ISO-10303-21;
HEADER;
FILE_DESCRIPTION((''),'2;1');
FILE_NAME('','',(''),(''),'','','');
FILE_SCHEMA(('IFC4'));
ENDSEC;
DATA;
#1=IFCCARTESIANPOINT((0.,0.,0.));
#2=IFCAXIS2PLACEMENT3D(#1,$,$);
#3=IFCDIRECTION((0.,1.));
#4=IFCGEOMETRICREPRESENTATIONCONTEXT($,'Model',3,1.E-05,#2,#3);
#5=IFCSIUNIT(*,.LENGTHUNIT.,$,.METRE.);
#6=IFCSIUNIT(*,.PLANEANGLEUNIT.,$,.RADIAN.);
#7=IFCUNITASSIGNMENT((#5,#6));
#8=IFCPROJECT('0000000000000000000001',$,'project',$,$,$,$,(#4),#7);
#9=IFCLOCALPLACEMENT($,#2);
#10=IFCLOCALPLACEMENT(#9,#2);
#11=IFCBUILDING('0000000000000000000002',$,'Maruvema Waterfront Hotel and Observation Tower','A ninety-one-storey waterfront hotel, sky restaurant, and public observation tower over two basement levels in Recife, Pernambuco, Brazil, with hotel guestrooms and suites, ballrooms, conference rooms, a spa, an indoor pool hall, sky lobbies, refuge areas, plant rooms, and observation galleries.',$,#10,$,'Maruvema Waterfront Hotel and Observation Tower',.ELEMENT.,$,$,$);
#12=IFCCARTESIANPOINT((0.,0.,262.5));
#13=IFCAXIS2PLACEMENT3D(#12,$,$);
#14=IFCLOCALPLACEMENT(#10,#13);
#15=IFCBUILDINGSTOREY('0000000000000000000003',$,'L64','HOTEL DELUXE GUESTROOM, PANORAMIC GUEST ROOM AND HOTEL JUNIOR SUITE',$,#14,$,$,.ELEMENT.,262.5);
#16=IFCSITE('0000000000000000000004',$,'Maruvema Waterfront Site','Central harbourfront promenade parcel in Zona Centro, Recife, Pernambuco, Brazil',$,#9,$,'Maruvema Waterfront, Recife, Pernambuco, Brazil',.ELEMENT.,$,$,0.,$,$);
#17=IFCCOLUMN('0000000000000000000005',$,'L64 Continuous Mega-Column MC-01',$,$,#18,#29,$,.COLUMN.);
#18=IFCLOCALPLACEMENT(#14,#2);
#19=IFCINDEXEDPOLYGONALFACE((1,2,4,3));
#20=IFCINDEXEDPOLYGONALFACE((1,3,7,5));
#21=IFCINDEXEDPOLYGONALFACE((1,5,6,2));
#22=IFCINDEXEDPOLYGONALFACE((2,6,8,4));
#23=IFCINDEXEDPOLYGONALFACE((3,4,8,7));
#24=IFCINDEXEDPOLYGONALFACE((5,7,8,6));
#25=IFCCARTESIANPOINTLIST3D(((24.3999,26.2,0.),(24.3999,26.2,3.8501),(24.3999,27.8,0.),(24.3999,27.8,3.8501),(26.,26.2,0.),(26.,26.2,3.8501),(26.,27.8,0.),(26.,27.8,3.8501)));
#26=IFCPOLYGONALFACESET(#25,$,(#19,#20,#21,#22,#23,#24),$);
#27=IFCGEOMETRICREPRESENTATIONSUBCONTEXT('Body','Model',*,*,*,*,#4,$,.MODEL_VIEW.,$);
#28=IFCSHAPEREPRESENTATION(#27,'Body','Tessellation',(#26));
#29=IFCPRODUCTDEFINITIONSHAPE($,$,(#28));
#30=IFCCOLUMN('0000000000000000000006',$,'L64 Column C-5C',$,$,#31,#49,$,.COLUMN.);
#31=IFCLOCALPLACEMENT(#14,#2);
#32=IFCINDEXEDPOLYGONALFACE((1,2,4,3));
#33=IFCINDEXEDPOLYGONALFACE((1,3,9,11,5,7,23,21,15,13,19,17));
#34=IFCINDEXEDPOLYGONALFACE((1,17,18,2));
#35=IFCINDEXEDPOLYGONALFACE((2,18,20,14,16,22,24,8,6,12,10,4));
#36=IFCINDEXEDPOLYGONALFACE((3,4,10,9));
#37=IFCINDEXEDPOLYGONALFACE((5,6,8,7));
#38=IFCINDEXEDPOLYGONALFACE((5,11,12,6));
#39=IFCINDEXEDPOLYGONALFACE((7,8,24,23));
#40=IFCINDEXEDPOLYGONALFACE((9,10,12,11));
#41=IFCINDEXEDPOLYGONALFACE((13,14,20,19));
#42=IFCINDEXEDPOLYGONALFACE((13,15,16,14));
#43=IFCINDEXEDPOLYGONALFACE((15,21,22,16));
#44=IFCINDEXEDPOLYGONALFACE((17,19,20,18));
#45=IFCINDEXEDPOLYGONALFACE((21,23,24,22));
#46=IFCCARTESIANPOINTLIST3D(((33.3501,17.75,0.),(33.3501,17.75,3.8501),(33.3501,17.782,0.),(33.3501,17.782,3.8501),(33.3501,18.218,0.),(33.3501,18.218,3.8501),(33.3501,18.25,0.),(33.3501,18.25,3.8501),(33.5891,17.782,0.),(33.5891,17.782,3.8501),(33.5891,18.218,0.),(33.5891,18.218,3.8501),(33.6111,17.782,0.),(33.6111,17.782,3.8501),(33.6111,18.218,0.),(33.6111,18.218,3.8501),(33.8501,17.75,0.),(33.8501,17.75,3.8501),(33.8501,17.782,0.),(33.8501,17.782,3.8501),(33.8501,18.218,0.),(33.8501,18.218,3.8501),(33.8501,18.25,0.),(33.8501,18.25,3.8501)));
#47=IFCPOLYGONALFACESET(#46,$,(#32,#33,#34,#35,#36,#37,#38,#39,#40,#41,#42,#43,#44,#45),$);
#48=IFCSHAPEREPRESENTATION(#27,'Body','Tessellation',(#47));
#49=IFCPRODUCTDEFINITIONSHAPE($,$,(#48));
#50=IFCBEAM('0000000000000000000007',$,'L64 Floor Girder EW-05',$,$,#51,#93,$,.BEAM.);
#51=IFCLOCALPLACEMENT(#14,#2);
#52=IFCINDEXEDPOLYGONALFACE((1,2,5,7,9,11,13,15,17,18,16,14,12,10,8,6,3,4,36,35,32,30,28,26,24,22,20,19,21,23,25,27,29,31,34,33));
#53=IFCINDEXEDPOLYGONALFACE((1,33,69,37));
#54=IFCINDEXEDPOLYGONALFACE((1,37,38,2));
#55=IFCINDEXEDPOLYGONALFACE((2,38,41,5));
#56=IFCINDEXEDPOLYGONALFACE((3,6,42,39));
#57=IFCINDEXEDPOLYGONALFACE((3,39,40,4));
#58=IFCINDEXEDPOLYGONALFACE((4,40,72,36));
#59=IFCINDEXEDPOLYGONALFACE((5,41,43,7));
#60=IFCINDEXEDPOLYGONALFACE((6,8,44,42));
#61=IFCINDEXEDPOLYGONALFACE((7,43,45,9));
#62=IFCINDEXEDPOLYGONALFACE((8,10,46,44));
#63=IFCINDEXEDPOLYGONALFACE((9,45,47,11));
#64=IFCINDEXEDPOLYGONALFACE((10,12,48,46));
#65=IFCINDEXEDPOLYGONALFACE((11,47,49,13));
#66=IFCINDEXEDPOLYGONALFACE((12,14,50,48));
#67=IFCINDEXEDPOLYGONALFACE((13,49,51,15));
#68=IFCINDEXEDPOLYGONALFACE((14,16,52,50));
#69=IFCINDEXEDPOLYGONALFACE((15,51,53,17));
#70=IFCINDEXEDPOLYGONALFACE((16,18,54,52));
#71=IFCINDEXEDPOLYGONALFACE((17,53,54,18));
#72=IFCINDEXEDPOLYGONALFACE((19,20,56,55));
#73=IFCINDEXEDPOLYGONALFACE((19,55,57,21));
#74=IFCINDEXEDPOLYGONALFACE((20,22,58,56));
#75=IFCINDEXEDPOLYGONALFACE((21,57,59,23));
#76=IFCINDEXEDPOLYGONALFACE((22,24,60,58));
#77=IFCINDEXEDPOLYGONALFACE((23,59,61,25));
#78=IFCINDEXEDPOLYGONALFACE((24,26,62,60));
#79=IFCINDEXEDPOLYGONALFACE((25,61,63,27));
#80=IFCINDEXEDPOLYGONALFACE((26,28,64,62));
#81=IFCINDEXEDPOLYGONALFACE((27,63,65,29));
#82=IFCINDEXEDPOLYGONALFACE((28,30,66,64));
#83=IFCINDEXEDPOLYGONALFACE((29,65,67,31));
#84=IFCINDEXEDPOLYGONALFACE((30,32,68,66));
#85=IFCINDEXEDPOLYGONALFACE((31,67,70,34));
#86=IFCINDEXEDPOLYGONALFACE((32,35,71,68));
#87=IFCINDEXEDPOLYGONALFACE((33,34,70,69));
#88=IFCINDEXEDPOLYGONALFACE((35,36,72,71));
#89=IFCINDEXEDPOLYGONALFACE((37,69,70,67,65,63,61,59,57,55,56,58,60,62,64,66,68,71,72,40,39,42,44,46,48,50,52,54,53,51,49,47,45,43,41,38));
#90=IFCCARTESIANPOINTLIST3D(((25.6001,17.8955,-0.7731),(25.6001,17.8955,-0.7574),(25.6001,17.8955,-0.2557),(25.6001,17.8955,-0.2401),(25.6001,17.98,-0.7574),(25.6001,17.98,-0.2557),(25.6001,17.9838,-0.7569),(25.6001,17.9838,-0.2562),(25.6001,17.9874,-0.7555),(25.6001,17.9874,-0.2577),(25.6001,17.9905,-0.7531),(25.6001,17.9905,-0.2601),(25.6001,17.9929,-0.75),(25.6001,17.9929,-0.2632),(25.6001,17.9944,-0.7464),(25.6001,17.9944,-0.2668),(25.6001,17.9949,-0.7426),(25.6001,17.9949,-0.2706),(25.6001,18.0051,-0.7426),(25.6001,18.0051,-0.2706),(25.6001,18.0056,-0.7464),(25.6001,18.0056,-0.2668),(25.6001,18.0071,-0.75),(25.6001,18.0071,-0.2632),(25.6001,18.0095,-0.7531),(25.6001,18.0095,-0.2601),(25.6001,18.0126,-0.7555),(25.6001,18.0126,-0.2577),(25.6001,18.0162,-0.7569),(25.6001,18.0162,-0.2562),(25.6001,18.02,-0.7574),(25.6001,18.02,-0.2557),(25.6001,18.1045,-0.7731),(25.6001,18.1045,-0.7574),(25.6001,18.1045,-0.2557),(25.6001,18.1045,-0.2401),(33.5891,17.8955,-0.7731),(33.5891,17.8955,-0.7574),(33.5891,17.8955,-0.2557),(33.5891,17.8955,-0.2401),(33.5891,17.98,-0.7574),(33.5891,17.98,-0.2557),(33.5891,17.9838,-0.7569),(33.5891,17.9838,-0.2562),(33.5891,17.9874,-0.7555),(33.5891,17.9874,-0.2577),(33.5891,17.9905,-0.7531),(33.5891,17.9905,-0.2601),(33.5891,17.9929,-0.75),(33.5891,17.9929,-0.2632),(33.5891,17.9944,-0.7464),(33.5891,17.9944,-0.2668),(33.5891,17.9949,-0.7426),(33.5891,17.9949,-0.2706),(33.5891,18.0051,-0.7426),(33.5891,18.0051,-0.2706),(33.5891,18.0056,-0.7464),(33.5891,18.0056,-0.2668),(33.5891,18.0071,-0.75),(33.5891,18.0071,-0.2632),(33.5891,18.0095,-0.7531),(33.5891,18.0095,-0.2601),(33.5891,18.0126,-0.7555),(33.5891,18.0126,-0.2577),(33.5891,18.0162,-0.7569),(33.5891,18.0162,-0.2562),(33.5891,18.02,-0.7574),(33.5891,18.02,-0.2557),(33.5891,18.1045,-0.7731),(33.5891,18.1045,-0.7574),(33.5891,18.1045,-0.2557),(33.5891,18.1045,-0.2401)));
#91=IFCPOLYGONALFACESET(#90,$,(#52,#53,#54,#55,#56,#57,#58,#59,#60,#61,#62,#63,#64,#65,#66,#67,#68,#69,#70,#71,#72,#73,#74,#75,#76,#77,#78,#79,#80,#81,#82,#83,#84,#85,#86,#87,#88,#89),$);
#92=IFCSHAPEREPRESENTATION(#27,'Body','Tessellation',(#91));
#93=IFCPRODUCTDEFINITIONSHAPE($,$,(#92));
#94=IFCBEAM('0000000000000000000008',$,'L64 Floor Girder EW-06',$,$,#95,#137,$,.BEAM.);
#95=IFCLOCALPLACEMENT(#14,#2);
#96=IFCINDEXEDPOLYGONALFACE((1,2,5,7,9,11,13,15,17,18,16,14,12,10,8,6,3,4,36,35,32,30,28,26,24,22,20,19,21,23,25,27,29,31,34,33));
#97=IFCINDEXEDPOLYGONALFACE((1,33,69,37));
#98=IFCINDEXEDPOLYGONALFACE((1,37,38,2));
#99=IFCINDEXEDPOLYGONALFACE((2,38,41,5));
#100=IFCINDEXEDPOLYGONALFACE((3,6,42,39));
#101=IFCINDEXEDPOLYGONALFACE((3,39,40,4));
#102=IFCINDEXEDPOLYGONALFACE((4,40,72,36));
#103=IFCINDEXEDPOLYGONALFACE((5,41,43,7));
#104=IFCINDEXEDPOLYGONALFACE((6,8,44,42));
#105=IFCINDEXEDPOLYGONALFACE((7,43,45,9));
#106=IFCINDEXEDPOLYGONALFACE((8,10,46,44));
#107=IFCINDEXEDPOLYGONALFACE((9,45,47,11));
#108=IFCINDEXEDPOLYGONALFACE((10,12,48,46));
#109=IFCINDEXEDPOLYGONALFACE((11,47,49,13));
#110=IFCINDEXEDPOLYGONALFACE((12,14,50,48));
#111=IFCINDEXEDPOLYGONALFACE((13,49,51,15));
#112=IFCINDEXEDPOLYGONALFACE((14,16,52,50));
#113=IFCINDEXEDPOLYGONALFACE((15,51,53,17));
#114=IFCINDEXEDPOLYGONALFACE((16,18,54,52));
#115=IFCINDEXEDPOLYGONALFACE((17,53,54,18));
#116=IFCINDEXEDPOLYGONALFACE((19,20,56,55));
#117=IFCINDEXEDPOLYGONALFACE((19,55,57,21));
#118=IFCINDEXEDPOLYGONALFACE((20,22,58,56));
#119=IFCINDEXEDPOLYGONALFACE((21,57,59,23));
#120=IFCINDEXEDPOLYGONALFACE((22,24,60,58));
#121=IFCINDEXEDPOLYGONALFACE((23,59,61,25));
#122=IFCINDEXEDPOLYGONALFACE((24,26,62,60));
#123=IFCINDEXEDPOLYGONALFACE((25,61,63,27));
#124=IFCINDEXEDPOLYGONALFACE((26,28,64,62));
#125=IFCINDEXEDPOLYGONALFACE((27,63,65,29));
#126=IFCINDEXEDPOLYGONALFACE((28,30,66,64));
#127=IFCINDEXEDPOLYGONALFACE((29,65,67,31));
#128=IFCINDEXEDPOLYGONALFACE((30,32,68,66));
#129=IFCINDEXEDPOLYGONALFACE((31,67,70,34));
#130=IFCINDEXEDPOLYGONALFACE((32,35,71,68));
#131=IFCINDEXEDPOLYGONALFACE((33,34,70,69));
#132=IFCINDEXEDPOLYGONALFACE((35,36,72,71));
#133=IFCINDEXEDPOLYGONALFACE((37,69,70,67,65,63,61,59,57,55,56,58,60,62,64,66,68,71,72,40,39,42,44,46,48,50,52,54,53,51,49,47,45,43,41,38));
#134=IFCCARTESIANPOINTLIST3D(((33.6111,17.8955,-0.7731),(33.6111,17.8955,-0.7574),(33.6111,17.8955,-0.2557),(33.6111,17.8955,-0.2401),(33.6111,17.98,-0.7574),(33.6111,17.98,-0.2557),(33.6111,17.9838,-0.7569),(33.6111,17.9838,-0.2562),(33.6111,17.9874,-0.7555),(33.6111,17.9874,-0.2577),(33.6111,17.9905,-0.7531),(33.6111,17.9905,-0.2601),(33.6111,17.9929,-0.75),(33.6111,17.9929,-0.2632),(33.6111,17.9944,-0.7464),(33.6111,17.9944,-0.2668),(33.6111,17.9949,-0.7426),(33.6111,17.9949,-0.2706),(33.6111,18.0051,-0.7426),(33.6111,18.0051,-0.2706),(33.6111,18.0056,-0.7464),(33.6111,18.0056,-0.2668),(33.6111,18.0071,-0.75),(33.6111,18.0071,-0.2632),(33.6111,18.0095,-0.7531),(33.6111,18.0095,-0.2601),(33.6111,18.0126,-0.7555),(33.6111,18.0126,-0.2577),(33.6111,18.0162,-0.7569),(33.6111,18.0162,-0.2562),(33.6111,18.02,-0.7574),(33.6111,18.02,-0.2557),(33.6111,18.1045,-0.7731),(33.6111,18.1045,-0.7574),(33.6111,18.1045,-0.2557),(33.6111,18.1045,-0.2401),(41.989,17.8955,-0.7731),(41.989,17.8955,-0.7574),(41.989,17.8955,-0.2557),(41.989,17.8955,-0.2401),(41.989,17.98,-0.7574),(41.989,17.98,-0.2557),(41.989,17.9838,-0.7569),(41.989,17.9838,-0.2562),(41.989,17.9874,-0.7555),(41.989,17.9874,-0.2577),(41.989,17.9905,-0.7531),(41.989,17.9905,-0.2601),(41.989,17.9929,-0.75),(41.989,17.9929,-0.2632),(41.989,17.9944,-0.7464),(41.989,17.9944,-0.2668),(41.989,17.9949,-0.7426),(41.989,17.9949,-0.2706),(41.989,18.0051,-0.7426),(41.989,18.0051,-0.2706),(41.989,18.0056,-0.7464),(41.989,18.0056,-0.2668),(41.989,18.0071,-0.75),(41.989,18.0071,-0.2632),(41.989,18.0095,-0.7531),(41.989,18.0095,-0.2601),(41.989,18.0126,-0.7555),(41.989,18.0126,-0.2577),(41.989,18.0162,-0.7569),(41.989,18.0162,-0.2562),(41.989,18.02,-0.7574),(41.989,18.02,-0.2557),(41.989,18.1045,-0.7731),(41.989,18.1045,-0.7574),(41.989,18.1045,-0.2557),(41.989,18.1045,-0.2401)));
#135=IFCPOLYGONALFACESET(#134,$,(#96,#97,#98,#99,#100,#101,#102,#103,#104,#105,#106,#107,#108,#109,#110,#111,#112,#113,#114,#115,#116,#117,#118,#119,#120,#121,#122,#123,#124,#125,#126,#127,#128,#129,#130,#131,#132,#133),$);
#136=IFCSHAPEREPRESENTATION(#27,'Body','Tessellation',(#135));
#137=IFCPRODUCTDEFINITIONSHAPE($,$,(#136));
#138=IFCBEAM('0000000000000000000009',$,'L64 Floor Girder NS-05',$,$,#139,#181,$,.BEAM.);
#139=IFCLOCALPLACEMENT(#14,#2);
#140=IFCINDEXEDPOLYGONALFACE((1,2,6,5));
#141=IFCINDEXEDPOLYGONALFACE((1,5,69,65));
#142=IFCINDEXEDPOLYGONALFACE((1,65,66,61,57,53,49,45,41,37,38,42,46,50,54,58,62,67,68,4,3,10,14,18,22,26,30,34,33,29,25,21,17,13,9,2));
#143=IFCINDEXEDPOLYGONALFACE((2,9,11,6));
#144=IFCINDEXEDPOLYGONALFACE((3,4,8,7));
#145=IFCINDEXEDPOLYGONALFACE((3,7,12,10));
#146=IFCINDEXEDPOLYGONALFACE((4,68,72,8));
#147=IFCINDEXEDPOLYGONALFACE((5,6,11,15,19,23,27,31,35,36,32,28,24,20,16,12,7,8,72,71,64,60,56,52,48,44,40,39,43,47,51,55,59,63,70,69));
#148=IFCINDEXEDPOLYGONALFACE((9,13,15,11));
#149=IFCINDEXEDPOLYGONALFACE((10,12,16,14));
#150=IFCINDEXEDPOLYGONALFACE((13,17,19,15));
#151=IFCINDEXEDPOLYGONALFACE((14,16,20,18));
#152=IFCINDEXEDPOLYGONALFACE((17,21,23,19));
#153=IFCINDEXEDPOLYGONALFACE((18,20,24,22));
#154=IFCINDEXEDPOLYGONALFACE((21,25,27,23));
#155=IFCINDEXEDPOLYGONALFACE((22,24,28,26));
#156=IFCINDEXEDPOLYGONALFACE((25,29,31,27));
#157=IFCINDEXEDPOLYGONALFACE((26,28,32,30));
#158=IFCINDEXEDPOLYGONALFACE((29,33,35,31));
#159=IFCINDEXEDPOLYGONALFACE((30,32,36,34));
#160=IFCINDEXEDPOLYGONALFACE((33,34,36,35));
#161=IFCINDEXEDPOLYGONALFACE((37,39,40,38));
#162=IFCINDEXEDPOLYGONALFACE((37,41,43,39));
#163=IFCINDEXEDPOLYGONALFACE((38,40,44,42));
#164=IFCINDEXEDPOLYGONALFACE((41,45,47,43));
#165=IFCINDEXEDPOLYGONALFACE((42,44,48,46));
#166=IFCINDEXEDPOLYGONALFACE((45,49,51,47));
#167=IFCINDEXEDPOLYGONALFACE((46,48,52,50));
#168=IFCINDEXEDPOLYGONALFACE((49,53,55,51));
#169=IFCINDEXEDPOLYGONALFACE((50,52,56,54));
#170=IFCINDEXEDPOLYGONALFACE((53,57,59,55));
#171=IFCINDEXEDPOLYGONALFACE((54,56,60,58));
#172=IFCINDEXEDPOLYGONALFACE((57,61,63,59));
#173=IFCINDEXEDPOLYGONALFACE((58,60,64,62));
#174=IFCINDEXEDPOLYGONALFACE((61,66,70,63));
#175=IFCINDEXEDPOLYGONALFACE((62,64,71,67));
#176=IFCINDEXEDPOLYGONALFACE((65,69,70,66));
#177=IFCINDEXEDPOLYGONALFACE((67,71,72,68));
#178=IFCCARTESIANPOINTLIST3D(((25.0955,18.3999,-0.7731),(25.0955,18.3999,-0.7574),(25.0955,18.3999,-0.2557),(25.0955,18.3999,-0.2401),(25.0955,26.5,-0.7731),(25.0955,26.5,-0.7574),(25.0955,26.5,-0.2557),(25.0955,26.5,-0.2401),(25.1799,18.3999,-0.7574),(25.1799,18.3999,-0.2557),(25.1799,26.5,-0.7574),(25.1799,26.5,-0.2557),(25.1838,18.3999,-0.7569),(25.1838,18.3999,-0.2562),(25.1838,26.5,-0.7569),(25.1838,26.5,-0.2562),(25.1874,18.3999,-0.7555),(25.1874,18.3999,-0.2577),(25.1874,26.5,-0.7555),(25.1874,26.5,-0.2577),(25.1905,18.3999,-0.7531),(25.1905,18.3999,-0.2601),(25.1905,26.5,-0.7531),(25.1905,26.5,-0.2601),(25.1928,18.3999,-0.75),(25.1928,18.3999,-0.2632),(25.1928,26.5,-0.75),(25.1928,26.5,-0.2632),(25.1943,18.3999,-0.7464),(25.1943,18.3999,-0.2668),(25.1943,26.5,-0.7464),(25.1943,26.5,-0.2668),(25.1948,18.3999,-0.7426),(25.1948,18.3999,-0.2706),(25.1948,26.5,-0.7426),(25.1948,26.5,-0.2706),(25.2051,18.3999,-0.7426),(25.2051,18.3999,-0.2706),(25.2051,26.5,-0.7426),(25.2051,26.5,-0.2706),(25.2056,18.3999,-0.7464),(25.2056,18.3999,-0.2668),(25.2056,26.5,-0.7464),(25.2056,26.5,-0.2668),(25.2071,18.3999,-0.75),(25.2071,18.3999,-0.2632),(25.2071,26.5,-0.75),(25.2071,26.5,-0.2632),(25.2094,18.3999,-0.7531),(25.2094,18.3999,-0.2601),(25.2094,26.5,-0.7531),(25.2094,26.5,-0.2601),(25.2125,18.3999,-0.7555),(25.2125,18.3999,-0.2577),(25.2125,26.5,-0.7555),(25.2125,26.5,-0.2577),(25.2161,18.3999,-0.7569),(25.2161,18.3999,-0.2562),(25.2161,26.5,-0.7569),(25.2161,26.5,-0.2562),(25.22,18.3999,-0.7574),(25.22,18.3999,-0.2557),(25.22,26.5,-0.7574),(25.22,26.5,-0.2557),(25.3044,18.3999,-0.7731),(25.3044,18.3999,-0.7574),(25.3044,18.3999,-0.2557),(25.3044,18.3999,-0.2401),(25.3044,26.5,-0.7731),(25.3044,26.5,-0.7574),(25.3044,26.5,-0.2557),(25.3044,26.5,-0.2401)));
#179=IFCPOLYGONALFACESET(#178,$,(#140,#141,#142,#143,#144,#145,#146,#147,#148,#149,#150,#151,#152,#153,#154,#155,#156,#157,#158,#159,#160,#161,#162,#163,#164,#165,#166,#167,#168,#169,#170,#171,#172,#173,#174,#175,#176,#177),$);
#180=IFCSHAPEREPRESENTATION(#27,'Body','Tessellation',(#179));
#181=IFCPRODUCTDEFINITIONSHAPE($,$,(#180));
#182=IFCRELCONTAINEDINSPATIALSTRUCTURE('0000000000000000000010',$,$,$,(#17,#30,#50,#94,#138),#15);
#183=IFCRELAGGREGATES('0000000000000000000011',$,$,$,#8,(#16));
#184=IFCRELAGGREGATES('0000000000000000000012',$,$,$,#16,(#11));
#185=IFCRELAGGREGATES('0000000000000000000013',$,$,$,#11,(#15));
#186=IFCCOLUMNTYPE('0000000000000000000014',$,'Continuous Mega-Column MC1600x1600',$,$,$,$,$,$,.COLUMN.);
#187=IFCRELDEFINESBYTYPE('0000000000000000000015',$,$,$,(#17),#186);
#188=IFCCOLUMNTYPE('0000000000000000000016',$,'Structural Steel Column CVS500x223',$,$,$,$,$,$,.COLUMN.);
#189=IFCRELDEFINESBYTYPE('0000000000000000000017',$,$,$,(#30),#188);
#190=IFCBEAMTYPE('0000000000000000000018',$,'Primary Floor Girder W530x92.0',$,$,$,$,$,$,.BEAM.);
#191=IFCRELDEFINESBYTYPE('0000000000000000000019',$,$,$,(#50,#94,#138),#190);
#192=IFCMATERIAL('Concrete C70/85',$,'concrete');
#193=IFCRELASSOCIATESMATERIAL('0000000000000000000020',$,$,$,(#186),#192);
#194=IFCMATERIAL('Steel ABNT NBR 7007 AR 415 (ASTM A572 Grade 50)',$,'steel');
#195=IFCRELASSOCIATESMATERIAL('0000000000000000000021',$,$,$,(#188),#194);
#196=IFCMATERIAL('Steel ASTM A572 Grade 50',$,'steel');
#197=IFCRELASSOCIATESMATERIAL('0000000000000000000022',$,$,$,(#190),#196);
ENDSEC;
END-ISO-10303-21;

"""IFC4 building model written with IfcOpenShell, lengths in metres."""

from ifc_helpers import new_model, si_unit, direction, frame, origin, origin_2d, place, context, subcontext, project, spatial, rectangle, i_section, extrude, material, material_profile, profile_set, type_object, element, save


model = new_model("IFC4")

# Units and contexts
model_context = context("Model", 3, precision=1e-05, world=origin(), true_north=direction((0.0, 1.0)))
body_context = subcontext(model_context, "Body", "Model", "MODEL_VIEW")
ifc_project = project(units=[si_unit("LENGTHUNIT", "METRE"), si_unit("PLANEANGLEUNIT", "RADIAN")], contexts=[model_context])

# Site, building, storey
site_placement = place(None, origin())
site = spatial("IfcSite", under=ifc_project, at=site_placement, Name="Maruvema Waterfront Site", Description="Central harbourfront promenade parcel in Zona Centro, Recife, Pernambuco, Brazil", LongName="Maruvema Waterfront, Recife, Pernambuco, Brazil", CompositionType="ELEMENT", RefElevation=0.0)
building_placement = place(site_placement, origin())
building = spatial("IfcBuilding", under=site, at=building_placement, Name="Maruvema Waterfront Hotel and Observation Tower", Description="A ninety-one-storey waterfront hotel, sky restaurant, and public observation tower over two basement levels in Recife, Pernambuco, Brazil, with hotel guestrooms and suites, ballrooms, conference rooms, a spa, an indoor pool hall, sky lobbies, refuge areas, plant rooms, and observation galleries.", LongName="Maruvema Waterfront Hotel and Observation Tower", CompositionType="ELEMENT")
storey_placement = place(building_placement, frame((0.0, 0.0, 262.5)))
storey = spatial("IfcBuildingStorey", under=building, at=storey_placement, Name="L64", Description="HOTEL DELUXE GUESTROOM, PANORAMIC GUEST ROOM AND HOTEL JUNIOR SUITE", CompositionType="ELEMENT", Elevation=262.5)

# Columns
ifc_material_1 = material(Name="Concrete C70/85", Category="concrete")
ifc_material_profile_1 = material_profile(ifc_material_1, rectangle(XDim=1.6001, YDim=1.6001, at=origin_2d()), Name="MC1600x1600")
ifc_profile_set_1 = profile_set([ifc_material_profile_1], Name="Concrete C70/85")
column_type_1 = type_object("IfcColumnType", Name="Continuous Mega-Column MC1600x1600", PredefinedType="COLUMN", material=ifc_profile_set_1)
column_1_placement = place(storey_placement, frame((25.2, 27.0, 0.0), z_axis=(0.0, 0.0, 1.0), x_axis=(1.0, 0.0, 0.0)))
element("IfcColumn", 1, at=column_1_placement, inside=storey, type_object=column_type_1, Name="L64 Continuous Mega-Column MC-01", PredefinedType="COLUMN", context=body_context, shape_type="SweptSolid", body=[
    extrude(rectangle(XDim=1.6001, YDim=1.6001, at=origin_2d()), origin(), (0.0, 0.0, 1.0), 3.8501),
])
ifc_material_2 = material(Name="Steel ABNT NBR 7007 AR 415 (ASTM A572 Grade 50)", Category="steel")
ifc_material_profile_2 = material_profile(ifc_material_2, i_section(OverallWidth=0.5, OverallDepth=0.5, WebThickness=0.022, FlangeThickness=0.032, at=origin_2d()), Name="CVS500x223")
ifc_profile_set_2 = profile_set([ifc_material_profile_2], Name="Steel ABNT NBR 7007 AR 415 (ASTM A572 Grade 50)")
column_type_2 = type_object("IfcColumnType", Name="Structural Steel Column CVS500x223", PredefinedType="COLUMN", material=ifc_profile_set_2)
column_2_placement = place(storey_placement, frame((33.6001, 18.0, 0.0), z_axis=(0.0, 0.0, 1.0), x_axis=(1.0, 0.0, 0.0)))
element("IfcColumn", 2, at=column_2_placement, inside=storey, type_object=column_type_2, Name="L64 Column C-5C", PredefinedType="COLUMN", context=body_context, shape_type="SweptSolid", body=[
    extrude(i_section(OverallWidth=0.5, OverallDepth=0.5, WebThickness=0.022, FlangeThickness=0.032, at=origin_2d()), origin(), (0.0, 0.0, 1.0), 3.8501),
])

# Beams
ifc_material_3 = material(Name="Steel ASTM A572 Grade 50", Category="steel")
ifc_material_profile_3 = material_profile(ifc_material_3, i_section(OverallWidth=0.209, OverallDepth=0.533, WebThickness=0.0103, FlangeThickness=0.0156, FilletRadius=0.0149, at=origin_2d()), Name="W530x92.0")
ifc_profile_set_3 = profile_set([ifc_material_profile_3], Name="Steel ASTM A572 Grade 50")
beam_type_1 = type_object("IfcBeamType", Name="Primary Floor Girder W530x92.0", PredefinedType="BEAM", material=ifc_profile_set_3)
beam_1_placement = place(storey_placement, frame((25.6001, 18.0, -0.5066), z_axis=(1.0, 0.0, 0.0), x_axis=(0.0, 1.0, 0.0)))
element("IfcBeam", 3, at=beam_1_placement, inside=storey, type_object=beam_type_1, Name="L64 Floor Girder EW-05", PredefinedType="BEAM", context=body_context, shape_type="SweptSolid", body=[
    extrude(i_section(OverallWidth=0.209, OverallDepth=0.533, WebThickness=0.0103, FlangeThickness=0.0156, FilletRadius=0.0149, at=origin_2d()), origin(), (0.0, 0.0, 1.0), 7.989),
])
beam_2_placement = place(storey_placement, frame((33.6111, 18.0, -0.5066), z_axis=(1.0, 0.0, 0.0), x_axis=(0.0, 1.0, 0.0)))
element("IfcBeam", 4, at=beam_2_placement, inside=storey, type_object=beam_type_1, Name="L64 Floor Girder EW-06", PredefinedType="BEAM", context=body_context, shape_type="SweptSolid", body=[
    extrude(i_section(OverallWidth=0.209, OverallDepth=0.533, WebThickness=0.0103, FlangeThickness=0.0156, FilletRadius=0.0149, at=origin_2d()), origin(), (0.0, 0.0, 1.0), 8.3779),
])
for number, where, z_axis, x_axis, name in (
    (5, (25.2, 18.3999, -0.5066), (0.0, 1.0, 0.0), (-1.0, 0.0, 0.0), "L64 Floor Girder NS-05"),
):
    element("IfcBeam", number, at=place(storey_placement, frame(where, z_axis=z_axis, x_axis=x_axis)), inside=storey, type_object=beam_type_1, Name=name, PredefinedType="BEAM", context=body_context, shape_type="SweptSolid", body=[
        extrude(i_section(OverallWidth=0.209, OverallDepth=0.533, WebThickness=0.0103, FlangeThickness=0.0156, FilletRadius=0.0149, at=origin_2d()), origin(), (0.0, 0.0, 1.0), 8.1001),
    ])

save(model, "model.ifc")
